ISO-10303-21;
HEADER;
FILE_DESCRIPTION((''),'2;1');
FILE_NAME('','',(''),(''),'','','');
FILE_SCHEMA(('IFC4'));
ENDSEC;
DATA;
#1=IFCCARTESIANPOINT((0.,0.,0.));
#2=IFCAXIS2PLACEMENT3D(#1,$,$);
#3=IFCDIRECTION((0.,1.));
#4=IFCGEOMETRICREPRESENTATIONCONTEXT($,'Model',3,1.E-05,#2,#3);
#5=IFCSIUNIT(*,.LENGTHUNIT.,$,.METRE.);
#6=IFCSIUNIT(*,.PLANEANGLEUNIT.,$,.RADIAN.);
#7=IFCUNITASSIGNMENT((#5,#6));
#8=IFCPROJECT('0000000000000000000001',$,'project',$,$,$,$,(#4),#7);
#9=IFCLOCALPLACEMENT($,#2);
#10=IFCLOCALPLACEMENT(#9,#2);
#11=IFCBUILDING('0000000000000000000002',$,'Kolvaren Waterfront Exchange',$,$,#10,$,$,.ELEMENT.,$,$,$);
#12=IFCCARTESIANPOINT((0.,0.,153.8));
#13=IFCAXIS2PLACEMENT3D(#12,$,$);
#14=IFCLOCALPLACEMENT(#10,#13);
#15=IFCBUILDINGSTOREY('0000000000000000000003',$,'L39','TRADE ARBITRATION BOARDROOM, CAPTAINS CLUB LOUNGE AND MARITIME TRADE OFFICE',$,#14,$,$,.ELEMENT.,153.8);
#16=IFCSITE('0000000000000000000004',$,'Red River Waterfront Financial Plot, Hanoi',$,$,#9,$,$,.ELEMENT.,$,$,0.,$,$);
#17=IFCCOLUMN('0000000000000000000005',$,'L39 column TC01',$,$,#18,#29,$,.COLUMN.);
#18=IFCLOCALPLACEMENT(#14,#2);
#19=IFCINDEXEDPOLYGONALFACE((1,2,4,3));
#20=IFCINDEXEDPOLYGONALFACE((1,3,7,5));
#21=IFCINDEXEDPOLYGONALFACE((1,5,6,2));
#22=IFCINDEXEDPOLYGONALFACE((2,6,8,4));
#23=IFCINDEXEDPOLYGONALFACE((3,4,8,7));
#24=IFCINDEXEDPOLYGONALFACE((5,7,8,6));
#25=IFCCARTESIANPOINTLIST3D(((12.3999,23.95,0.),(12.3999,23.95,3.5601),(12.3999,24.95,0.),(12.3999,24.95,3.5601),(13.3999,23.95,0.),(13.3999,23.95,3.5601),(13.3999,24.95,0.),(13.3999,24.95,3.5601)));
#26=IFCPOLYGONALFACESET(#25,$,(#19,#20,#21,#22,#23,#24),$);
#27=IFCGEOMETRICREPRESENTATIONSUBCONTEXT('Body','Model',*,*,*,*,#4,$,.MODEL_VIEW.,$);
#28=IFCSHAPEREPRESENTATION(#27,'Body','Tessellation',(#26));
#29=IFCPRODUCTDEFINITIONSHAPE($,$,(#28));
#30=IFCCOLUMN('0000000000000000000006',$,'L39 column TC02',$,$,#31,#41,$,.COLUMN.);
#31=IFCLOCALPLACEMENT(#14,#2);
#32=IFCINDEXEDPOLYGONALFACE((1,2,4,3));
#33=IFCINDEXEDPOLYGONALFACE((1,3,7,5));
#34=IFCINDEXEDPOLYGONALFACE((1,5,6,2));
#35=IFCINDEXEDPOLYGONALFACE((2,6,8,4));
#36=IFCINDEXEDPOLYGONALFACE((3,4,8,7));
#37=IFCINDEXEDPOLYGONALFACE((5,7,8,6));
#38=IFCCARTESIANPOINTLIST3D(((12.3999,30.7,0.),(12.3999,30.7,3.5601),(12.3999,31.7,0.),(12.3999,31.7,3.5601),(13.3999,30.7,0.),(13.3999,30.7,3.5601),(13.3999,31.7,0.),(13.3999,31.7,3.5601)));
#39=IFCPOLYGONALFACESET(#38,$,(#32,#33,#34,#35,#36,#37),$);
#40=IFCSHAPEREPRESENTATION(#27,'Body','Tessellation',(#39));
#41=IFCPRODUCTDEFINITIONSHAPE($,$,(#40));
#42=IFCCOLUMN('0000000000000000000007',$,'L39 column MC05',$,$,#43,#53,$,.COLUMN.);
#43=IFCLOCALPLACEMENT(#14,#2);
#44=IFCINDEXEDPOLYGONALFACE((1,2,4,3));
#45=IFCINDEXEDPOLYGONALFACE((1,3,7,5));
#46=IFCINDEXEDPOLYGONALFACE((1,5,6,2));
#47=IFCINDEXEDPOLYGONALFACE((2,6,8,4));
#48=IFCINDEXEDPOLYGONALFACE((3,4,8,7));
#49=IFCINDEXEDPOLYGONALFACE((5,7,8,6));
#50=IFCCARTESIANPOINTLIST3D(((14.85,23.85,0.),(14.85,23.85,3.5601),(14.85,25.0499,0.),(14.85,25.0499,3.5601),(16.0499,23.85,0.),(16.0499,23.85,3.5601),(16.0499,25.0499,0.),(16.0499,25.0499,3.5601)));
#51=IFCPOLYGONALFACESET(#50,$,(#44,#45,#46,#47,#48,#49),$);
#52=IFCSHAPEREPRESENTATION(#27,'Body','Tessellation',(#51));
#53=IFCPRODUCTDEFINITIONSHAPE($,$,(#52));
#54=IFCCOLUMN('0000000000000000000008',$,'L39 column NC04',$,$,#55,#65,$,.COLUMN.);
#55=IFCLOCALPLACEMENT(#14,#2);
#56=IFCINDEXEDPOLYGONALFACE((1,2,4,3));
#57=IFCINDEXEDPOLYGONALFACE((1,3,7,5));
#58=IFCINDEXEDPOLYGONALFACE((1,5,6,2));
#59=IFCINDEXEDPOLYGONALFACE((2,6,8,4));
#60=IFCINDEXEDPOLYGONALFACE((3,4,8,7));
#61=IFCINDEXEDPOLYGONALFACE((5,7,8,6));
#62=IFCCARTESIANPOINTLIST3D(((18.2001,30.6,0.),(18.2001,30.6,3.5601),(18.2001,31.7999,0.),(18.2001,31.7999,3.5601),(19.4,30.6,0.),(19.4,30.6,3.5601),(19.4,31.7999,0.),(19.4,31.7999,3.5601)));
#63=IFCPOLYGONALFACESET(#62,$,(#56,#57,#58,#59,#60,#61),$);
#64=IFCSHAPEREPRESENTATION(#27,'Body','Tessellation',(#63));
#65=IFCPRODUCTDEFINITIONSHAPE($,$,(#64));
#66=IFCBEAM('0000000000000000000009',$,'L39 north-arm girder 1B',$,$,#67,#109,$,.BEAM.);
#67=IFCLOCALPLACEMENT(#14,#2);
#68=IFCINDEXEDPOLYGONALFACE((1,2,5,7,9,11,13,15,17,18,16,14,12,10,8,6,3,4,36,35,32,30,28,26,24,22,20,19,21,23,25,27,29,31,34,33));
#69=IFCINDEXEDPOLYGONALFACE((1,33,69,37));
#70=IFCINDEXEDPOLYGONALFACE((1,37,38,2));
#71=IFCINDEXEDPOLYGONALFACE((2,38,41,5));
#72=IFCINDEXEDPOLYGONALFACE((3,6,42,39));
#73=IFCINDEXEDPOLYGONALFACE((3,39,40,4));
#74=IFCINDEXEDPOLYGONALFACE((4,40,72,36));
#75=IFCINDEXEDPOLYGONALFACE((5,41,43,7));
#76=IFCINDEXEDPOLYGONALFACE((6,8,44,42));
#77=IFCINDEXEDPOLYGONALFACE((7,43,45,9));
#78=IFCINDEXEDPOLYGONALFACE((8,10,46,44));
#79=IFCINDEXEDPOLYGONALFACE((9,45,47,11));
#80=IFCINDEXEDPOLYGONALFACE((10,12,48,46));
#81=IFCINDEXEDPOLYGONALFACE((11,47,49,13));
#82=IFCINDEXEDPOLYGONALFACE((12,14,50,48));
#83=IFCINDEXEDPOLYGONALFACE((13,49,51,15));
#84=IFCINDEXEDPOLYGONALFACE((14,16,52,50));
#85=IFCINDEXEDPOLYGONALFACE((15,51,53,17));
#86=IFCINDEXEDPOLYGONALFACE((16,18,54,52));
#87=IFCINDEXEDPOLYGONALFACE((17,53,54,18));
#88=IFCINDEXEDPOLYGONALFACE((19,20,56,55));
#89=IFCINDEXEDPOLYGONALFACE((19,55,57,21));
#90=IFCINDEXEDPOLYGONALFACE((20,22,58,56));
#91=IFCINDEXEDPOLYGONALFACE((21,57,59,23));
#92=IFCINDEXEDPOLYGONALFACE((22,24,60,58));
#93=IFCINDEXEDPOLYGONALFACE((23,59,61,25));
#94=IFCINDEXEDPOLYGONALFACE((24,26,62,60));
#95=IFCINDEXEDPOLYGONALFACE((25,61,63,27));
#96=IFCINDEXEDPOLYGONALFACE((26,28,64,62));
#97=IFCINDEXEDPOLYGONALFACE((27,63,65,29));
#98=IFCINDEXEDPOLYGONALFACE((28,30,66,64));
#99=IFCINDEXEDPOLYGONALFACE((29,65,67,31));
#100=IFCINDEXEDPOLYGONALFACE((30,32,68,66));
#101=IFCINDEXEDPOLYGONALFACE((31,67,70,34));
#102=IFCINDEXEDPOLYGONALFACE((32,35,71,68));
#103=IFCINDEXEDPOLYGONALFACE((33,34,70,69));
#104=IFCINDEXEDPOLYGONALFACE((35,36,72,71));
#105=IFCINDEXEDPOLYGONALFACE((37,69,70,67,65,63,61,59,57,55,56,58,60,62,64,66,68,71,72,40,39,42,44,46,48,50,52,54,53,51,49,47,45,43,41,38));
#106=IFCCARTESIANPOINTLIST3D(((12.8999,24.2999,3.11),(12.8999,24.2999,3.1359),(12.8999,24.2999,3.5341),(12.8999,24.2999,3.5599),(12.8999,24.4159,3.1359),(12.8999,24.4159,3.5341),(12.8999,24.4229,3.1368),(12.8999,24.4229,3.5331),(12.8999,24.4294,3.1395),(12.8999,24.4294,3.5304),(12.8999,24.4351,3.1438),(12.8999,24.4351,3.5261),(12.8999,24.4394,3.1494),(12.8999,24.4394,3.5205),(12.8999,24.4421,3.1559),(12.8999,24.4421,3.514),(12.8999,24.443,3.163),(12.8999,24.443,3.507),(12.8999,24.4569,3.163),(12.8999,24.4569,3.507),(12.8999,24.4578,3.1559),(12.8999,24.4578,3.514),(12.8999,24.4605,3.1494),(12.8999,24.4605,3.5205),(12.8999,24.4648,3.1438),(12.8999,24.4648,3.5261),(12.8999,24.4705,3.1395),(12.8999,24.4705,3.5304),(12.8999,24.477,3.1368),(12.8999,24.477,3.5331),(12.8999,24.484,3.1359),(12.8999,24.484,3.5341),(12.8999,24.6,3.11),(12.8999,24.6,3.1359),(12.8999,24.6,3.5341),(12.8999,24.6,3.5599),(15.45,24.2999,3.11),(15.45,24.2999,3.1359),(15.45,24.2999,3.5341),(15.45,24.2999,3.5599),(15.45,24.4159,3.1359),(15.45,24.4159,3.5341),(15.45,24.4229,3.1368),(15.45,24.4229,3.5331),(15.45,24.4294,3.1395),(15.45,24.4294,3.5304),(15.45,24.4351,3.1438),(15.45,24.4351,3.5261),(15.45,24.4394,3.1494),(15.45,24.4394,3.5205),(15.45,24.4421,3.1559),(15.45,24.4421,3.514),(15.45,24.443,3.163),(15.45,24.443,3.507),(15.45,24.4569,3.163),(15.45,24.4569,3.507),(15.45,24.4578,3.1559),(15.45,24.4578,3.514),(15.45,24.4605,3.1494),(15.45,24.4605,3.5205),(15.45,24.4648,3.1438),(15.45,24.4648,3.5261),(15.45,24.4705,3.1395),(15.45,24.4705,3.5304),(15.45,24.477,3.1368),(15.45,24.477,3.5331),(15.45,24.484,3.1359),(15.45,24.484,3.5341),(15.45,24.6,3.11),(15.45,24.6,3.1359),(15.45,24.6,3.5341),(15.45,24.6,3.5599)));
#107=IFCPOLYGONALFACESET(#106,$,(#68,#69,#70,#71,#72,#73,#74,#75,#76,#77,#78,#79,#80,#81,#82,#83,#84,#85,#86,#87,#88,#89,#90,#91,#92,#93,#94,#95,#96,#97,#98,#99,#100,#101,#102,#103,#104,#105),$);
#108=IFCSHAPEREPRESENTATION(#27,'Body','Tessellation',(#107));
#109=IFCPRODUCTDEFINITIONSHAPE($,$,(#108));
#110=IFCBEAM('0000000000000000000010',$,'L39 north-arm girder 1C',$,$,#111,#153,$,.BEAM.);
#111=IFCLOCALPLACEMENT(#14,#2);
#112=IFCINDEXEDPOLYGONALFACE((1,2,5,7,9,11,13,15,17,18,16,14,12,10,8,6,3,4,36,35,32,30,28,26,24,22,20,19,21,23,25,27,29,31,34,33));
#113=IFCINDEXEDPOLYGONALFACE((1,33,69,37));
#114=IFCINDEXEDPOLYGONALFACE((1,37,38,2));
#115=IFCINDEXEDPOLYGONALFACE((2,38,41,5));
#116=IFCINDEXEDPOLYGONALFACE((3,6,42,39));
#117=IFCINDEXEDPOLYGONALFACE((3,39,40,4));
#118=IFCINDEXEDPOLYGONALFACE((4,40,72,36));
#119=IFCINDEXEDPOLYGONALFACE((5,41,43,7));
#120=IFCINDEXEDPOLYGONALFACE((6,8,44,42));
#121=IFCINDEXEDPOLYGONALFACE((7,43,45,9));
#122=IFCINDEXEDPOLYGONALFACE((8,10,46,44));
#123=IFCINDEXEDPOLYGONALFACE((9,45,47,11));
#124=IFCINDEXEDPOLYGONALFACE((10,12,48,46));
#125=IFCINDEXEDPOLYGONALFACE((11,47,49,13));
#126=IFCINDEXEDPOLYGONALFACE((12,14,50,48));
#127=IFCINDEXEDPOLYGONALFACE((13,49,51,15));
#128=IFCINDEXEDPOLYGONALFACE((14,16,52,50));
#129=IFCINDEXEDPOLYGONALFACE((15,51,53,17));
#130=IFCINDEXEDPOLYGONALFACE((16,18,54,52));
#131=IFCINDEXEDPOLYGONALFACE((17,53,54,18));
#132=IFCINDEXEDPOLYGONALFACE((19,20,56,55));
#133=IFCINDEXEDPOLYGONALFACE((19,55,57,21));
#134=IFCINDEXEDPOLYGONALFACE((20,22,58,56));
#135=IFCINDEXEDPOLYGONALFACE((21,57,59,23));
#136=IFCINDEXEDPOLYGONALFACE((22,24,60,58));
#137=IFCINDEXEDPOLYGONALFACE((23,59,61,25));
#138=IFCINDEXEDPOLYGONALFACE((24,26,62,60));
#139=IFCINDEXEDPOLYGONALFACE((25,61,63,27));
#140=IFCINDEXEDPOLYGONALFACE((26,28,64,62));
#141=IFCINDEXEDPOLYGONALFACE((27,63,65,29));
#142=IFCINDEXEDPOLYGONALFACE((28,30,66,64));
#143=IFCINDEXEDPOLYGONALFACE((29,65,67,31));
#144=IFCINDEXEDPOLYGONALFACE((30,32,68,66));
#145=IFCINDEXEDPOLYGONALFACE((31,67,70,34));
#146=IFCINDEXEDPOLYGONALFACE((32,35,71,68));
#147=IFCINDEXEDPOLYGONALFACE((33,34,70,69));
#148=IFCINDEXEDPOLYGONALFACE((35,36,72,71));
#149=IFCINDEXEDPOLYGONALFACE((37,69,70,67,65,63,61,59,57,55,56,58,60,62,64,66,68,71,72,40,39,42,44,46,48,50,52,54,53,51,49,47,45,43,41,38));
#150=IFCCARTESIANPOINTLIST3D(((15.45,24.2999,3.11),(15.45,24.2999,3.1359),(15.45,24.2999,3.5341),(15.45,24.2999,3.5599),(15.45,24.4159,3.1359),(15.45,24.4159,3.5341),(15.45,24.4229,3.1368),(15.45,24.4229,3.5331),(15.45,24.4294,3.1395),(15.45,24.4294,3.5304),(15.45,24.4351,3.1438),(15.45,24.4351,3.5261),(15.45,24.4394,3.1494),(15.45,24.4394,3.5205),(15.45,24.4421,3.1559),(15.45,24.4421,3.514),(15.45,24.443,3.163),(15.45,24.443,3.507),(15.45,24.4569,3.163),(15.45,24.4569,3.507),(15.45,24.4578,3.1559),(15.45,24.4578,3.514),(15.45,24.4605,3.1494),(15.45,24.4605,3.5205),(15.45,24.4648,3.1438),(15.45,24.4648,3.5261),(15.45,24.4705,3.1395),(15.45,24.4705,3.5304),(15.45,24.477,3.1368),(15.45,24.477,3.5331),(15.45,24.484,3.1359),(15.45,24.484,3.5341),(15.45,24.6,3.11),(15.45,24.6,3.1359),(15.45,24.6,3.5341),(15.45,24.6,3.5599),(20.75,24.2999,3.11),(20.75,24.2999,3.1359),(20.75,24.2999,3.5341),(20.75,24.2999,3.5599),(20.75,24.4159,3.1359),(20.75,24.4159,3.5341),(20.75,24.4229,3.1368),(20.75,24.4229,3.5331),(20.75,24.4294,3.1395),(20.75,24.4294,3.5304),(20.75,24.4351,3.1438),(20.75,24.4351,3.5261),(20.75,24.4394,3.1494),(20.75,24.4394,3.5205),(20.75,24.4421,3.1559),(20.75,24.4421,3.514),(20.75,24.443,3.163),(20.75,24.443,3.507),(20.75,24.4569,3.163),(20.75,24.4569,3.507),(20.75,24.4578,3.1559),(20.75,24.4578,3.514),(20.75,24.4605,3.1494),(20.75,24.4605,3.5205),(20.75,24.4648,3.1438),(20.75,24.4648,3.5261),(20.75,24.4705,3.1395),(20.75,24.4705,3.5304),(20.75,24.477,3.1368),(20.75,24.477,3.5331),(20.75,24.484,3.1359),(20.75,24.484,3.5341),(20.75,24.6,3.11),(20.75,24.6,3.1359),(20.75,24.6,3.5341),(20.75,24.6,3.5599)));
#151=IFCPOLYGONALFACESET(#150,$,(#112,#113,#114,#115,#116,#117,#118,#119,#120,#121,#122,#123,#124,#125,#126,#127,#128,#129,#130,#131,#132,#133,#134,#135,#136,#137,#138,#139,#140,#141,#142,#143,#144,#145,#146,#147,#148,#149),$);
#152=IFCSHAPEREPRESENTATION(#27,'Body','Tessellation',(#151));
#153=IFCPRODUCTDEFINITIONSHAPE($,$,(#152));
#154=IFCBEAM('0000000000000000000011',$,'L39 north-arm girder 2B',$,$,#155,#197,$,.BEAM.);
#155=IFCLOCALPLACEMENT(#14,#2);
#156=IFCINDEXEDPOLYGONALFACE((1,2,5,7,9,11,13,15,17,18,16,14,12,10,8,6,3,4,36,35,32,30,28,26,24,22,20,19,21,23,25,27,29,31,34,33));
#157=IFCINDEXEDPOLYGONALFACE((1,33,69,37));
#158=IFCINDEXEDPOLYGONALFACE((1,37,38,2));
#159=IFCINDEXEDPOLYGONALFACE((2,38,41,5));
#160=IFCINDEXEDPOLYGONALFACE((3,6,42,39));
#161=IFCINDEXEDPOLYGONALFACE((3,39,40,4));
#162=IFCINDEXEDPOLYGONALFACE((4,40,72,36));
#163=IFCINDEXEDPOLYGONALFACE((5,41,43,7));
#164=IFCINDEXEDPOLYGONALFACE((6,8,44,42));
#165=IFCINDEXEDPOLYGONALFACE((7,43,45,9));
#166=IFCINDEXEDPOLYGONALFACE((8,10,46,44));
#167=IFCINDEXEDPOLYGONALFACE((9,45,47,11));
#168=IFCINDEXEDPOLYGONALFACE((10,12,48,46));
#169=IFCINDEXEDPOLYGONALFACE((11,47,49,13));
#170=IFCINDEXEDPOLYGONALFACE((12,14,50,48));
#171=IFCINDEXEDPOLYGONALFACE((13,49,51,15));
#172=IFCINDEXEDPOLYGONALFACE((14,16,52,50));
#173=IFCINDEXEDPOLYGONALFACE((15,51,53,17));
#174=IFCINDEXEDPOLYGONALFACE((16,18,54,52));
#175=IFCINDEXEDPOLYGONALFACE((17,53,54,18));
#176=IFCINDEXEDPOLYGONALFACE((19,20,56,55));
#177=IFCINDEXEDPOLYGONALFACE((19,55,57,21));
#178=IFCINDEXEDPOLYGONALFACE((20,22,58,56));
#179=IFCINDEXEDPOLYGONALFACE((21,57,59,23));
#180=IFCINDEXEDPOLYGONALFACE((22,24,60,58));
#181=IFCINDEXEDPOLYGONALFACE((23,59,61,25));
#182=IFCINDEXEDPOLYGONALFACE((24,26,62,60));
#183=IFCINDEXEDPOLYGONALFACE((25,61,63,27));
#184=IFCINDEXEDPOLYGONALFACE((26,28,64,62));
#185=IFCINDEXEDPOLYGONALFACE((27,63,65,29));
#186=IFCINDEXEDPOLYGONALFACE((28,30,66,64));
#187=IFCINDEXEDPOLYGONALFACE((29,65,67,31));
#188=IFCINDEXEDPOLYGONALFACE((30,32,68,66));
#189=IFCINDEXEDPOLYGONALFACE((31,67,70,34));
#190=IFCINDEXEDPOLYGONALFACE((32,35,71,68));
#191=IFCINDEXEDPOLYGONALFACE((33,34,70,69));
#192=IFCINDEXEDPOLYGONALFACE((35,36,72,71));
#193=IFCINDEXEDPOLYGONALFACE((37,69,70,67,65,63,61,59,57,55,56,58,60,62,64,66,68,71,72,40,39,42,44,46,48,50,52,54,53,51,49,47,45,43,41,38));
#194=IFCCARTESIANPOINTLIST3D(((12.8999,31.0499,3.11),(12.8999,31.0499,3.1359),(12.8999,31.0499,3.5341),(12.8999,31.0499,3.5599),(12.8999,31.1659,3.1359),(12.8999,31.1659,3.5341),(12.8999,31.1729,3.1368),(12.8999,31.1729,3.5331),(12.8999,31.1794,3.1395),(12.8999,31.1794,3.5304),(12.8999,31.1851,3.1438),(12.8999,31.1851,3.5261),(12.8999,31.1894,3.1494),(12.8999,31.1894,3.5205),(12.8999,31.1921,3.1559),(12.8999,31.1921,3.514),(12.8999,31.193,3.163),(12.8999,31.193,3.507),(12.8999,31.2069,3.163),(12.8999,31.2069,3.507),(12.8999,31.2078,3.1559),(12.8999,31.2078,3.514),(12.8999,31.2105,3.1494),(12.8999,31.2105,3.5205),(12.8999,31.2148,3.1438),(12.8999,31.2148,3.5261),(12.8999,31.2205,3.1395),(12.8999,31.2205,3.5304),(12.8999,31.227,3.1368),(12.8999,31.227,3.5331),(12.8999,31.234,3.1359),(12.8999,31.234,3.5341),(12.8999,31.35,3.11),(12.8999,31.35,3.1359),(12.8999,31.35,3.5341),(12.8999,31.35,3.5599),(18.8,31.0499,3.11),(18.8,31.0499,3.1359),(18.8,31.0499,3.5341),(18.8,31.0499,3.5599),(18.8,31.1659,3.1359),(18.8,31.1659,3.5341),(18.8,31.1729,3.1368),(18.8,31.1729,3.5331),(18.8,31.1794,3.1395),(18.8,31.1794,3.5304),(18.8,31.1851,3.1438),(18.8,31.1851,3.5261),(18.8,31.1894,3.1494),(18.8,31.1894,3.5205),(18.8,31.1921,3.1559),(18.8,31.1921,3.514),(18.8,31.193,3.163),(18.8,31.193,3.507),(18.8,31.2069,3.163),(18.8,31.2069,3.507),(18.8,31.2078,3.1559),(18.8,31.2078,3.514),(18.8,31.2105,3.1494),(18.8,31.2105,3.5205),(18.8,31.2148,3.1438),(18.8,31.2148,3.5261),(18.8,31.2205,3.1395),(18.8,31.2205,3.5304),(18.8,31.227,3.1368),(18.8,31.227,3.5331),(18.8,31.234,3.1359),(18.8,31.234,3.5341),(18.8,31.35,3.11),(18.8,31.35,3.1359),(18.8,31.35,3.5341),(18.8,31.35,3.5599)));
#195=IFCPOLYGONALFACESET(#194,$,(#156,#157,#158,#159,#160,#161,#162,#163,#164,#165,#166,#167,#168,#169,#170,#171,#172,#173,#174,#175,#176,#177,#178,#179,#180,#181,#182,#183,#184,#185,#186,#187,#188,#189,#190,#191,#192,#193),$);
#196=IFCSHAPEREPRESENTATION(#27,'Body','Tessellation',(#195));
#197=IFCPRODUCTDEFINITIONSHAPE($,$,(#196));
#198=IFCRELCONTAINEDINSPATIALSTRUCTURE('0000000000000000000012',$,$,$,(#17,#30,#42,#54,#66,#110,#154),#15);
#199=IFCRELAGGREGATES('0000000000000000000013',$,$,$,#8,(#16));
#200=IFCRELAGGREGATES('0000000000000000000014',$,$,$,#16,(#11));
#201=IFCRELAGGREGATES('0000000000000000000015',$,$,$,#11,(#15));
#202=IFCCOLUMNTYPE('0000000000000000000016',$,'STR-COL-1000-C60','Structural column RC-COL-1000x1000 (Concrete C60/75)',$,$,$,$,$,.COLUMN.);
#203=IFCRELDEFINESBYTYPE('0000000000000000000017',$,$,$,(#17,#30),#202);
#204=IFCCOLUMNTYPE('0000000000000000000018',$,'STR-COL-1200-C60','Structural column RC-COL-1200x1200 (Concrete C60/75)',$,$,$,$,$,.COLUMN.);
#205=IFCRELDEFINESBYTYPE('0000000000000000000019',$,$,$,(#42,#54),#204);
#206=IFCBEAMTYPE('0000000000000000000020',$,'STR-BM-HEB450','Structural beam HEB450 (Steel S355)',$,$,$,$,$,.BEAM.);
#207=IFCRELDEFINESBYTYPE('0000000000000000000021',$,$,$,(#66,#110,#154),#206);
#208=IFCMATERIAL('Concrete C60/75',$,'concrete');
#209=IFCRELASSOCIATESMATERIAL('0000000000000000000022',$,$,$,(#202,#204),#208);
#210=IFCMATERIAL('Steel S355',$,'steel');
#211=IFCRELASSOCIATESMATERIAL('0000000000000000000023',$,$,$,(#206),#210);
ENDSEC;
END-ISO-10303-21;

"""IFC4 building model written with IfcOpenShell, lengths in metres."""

from ifc_helpers import new_model, si_unit, direction, frame, origin, origin_2d, place, context, subcontext, project, spatial, rectangle, i_section, extrude, material, material_profile, profile_set, type_object, element, save


model = new_model("IFC4")

# Units and contexts
model_context = context("Model", 3, precision=1e-05, world=origin(), true_north=direction((0.0, 1.0)))
body_context = subcontext(model_context, "Body", "Model", "MODEL_VIEW")
ifc_project = project(units=[si_unit("LENGTHUNIT", "METRE"), si_unit("PLANEANGLEUNIT", "RADIAN")], contexts=[model_context])

# Site, building, storey
site_placement = place(None, origin())
site = spatial("IfcSite", under=ifc_project, at=site_placement, Name="Red River Waterfront Financial Plot, Hanoi", CompositionType="ELEMENT", RefElevation=0.0)
building_placement = place(site_placement, origin())
building = spatial("IfcBuilding", under=site, at=building_placement, Name="Kolvaren Waterfront Exchange", CompositionType="ELEMENT")
storey_placement = place(building_placement, frame((0.0, 0.0, 153.8)))
storey = spatial("IfcBuildingStorey", under=building, at=storey_placement, Name="L39", Description="TRADE ARBITRATION BOARDROOM, CAPTAINS CLUB LOUNGE AND MARITIME TRADE OFFICE", CompositionType="ELEMENT", Elevation=153.8)

# Columns
ifc_material_1 = material(Name="Concrete C60/75", Category="concrete")
ifc_material_profile_1 = material_profile(ifc_material_1, rectangle(XDim=1.0, YDim=1.0, at=origin_2d()), Name="RC-COL-1000x1000")
ifc_profile_set_1 = profile_set([ifc_material_profile_1], Name="Concrete C60/75")
column_type_1 = type_object("IfcColumnType", Name="STR-COL-1000-C60", Description="Structural column RC-COL-1000x1000 (Concrete C60/75)", PredefinedType="COLUMN", material=ifc_profile_set_1)
for number, where, z_axis, x_axis, name in (
    (1, (12.8999, 24.45, 0.0), (0.0, 0.0, 1.0), (1.0, 0.0, 0.0), "L39 column TC01"),
    (2, (12.8999, 31.2, 0.0), (0.0, 0.0, 1.0), (1.0, 0.0, 0.0), "L39 column TC02"),
):
    element("IfcColumn", number, at=place(storey_placement, frame(where, z_axis=z_axis, x_axis=x_axis)), inside=storey, type_object=column_type_1, Name=name, PredefinedType="COLUMN", context=body_context, shape_type="SweptSolid", body=[
        extrude(rectangle(XDim=1.0, YDim=1.0, at=origin_2d()), origin(), (0.0, 0.0, 1.0), 3.5601),
    ])
ifc_material_profile_2 = material_profile(ifc_material_1, rectangle(XDim=1.2, YDim=1.2, at=origin_2d()), Name="RC-COL-1200x1200")
ifc_profile_set_2 = profile_set([ifc_material_profile_2], Name="Concrete C60/75")
column_type_2 = type_object("IfcColumnType", Name="STR-COL-1200-C60", Description="Structural column RC-COL-1200x1200 (Concrete C60/75)", PredefinedType="COLUMN", material=ifc_profile_set_2)
for number, where, z_axis, x_axis, name in (
    (3, (15.45, 24.45, 0.0), (0.0, 0.0, 1.0), (1.0, 0.0, 0.0), "L39 column MC05"),
    (4, (18.8, 31.2, 0.0), (0.0, 0.0, 1.0), (1.0, 0.0, 0.0), "L39 column NC04"),
):
    element("IfcColumn", number, at=place(storey_placement, frame(where, z_axis=z_axis, x_axis=x_axis)), inside=storey, type_object=column_type_2, Name=name, PredefinedType="COLUMN", context=body_context, shape_type="SweptSolid", body=[
        extrude(rectangle(XDim=1.2, YDim=1.2, at=origin_2d()), origin(), (0.0, 0.0, 1.0), 3.5601),
    ])

# Beams
ifc_material_2 = material(Name="Steel S355", Category="steel")
ifc_material_profile_3 = material_profile(ifc_material_2, i_section(OverallWidth=0.3, OverallDepth=0.45, WebThickness=0.0139, FlangeThickness=0.0259, FilletRadius=0.0271, at=origin_2d()), Name="HEB450")
ifc_profile_set_3 = profile_set([ifc_material_profile_3], Name="Steel S355")
beam_type_1 = type_object("IfcBeamType", Name="STR-BM-HEB450", Description="Structural beam HEB450 (Steel S355)", PredefinedType="BEAM", material=ifc_profile_set_3)
beam_1_placement = place(storey_placement, frame((12.8999, 24.45, 3.335), z_axis=(1.0, 0.0, 0.0), x_axis=(0.0, 1.0, 0.0)))
element("IfcBeam", 5, at=beam_1_placement, inside=storey, type_object=beam_type_1, Name="L39 north-arm girder 1B", PredefinedType="BEAM", context=body_context, shape_type="SweptSolid", body=[
    extrude(i_section(OverallWidth=0.3, OverallDepth=0.45, WebThickness=0.0139, FlangeThickness=0.0259, FilletRadius=0.0271, at=origin_2d()), origin(), (0.0, 0.0, 1.0), 2.55),
])
beam_2_placement = place(storey_placement, frame((15.45, 24.45, 3.335), z_axis=(1.0, 0.0, 0.0), x_axis=(0.0, 1.0, 0.0)))
element("IfcBeam", 6, at=beam_2_placement, inside=storey, type_object=beam_type_1, Name="L39 north-arm girder 1C", PredefinedType="BEAM", context=body_context, shape_type="SweptSolid", body=[
    extrude(i_section(OverallWidth=0.3, OverallDepth=0.45, WebThickness=0.0139, FlangeThickness=0.0259, FilletRadius=0.0271, at=origin_2d()), origin(), (0.0, 0.0, 1.0), 5.3),
])
beam_3_placement = place(storey_placement, frame((12.8999, 31.2, 3.335), z_axis=(1.0, 0.0, 0.0), x_axis=(0.0, 1.0, 0.0)))
element("IfcBeam", 7, at=beam_3_placement, inside=storey, type_object=beam_type_1, Name="L39 north-arm girder 2B", PredefinedType="BEAM", context=body_context, shape_type="SweptSolid", body=[
    extrude(i_section(OverallWidth=0.3, OverallDepth=0.45, WebThickness=0.0139, FlangeThickness=0.0259, FilletRadius=0.0271, at=origin_2d()), origin(), (0.0, 0.0, 1.0), 5.9001),
])

save(model, "model.ifc")
